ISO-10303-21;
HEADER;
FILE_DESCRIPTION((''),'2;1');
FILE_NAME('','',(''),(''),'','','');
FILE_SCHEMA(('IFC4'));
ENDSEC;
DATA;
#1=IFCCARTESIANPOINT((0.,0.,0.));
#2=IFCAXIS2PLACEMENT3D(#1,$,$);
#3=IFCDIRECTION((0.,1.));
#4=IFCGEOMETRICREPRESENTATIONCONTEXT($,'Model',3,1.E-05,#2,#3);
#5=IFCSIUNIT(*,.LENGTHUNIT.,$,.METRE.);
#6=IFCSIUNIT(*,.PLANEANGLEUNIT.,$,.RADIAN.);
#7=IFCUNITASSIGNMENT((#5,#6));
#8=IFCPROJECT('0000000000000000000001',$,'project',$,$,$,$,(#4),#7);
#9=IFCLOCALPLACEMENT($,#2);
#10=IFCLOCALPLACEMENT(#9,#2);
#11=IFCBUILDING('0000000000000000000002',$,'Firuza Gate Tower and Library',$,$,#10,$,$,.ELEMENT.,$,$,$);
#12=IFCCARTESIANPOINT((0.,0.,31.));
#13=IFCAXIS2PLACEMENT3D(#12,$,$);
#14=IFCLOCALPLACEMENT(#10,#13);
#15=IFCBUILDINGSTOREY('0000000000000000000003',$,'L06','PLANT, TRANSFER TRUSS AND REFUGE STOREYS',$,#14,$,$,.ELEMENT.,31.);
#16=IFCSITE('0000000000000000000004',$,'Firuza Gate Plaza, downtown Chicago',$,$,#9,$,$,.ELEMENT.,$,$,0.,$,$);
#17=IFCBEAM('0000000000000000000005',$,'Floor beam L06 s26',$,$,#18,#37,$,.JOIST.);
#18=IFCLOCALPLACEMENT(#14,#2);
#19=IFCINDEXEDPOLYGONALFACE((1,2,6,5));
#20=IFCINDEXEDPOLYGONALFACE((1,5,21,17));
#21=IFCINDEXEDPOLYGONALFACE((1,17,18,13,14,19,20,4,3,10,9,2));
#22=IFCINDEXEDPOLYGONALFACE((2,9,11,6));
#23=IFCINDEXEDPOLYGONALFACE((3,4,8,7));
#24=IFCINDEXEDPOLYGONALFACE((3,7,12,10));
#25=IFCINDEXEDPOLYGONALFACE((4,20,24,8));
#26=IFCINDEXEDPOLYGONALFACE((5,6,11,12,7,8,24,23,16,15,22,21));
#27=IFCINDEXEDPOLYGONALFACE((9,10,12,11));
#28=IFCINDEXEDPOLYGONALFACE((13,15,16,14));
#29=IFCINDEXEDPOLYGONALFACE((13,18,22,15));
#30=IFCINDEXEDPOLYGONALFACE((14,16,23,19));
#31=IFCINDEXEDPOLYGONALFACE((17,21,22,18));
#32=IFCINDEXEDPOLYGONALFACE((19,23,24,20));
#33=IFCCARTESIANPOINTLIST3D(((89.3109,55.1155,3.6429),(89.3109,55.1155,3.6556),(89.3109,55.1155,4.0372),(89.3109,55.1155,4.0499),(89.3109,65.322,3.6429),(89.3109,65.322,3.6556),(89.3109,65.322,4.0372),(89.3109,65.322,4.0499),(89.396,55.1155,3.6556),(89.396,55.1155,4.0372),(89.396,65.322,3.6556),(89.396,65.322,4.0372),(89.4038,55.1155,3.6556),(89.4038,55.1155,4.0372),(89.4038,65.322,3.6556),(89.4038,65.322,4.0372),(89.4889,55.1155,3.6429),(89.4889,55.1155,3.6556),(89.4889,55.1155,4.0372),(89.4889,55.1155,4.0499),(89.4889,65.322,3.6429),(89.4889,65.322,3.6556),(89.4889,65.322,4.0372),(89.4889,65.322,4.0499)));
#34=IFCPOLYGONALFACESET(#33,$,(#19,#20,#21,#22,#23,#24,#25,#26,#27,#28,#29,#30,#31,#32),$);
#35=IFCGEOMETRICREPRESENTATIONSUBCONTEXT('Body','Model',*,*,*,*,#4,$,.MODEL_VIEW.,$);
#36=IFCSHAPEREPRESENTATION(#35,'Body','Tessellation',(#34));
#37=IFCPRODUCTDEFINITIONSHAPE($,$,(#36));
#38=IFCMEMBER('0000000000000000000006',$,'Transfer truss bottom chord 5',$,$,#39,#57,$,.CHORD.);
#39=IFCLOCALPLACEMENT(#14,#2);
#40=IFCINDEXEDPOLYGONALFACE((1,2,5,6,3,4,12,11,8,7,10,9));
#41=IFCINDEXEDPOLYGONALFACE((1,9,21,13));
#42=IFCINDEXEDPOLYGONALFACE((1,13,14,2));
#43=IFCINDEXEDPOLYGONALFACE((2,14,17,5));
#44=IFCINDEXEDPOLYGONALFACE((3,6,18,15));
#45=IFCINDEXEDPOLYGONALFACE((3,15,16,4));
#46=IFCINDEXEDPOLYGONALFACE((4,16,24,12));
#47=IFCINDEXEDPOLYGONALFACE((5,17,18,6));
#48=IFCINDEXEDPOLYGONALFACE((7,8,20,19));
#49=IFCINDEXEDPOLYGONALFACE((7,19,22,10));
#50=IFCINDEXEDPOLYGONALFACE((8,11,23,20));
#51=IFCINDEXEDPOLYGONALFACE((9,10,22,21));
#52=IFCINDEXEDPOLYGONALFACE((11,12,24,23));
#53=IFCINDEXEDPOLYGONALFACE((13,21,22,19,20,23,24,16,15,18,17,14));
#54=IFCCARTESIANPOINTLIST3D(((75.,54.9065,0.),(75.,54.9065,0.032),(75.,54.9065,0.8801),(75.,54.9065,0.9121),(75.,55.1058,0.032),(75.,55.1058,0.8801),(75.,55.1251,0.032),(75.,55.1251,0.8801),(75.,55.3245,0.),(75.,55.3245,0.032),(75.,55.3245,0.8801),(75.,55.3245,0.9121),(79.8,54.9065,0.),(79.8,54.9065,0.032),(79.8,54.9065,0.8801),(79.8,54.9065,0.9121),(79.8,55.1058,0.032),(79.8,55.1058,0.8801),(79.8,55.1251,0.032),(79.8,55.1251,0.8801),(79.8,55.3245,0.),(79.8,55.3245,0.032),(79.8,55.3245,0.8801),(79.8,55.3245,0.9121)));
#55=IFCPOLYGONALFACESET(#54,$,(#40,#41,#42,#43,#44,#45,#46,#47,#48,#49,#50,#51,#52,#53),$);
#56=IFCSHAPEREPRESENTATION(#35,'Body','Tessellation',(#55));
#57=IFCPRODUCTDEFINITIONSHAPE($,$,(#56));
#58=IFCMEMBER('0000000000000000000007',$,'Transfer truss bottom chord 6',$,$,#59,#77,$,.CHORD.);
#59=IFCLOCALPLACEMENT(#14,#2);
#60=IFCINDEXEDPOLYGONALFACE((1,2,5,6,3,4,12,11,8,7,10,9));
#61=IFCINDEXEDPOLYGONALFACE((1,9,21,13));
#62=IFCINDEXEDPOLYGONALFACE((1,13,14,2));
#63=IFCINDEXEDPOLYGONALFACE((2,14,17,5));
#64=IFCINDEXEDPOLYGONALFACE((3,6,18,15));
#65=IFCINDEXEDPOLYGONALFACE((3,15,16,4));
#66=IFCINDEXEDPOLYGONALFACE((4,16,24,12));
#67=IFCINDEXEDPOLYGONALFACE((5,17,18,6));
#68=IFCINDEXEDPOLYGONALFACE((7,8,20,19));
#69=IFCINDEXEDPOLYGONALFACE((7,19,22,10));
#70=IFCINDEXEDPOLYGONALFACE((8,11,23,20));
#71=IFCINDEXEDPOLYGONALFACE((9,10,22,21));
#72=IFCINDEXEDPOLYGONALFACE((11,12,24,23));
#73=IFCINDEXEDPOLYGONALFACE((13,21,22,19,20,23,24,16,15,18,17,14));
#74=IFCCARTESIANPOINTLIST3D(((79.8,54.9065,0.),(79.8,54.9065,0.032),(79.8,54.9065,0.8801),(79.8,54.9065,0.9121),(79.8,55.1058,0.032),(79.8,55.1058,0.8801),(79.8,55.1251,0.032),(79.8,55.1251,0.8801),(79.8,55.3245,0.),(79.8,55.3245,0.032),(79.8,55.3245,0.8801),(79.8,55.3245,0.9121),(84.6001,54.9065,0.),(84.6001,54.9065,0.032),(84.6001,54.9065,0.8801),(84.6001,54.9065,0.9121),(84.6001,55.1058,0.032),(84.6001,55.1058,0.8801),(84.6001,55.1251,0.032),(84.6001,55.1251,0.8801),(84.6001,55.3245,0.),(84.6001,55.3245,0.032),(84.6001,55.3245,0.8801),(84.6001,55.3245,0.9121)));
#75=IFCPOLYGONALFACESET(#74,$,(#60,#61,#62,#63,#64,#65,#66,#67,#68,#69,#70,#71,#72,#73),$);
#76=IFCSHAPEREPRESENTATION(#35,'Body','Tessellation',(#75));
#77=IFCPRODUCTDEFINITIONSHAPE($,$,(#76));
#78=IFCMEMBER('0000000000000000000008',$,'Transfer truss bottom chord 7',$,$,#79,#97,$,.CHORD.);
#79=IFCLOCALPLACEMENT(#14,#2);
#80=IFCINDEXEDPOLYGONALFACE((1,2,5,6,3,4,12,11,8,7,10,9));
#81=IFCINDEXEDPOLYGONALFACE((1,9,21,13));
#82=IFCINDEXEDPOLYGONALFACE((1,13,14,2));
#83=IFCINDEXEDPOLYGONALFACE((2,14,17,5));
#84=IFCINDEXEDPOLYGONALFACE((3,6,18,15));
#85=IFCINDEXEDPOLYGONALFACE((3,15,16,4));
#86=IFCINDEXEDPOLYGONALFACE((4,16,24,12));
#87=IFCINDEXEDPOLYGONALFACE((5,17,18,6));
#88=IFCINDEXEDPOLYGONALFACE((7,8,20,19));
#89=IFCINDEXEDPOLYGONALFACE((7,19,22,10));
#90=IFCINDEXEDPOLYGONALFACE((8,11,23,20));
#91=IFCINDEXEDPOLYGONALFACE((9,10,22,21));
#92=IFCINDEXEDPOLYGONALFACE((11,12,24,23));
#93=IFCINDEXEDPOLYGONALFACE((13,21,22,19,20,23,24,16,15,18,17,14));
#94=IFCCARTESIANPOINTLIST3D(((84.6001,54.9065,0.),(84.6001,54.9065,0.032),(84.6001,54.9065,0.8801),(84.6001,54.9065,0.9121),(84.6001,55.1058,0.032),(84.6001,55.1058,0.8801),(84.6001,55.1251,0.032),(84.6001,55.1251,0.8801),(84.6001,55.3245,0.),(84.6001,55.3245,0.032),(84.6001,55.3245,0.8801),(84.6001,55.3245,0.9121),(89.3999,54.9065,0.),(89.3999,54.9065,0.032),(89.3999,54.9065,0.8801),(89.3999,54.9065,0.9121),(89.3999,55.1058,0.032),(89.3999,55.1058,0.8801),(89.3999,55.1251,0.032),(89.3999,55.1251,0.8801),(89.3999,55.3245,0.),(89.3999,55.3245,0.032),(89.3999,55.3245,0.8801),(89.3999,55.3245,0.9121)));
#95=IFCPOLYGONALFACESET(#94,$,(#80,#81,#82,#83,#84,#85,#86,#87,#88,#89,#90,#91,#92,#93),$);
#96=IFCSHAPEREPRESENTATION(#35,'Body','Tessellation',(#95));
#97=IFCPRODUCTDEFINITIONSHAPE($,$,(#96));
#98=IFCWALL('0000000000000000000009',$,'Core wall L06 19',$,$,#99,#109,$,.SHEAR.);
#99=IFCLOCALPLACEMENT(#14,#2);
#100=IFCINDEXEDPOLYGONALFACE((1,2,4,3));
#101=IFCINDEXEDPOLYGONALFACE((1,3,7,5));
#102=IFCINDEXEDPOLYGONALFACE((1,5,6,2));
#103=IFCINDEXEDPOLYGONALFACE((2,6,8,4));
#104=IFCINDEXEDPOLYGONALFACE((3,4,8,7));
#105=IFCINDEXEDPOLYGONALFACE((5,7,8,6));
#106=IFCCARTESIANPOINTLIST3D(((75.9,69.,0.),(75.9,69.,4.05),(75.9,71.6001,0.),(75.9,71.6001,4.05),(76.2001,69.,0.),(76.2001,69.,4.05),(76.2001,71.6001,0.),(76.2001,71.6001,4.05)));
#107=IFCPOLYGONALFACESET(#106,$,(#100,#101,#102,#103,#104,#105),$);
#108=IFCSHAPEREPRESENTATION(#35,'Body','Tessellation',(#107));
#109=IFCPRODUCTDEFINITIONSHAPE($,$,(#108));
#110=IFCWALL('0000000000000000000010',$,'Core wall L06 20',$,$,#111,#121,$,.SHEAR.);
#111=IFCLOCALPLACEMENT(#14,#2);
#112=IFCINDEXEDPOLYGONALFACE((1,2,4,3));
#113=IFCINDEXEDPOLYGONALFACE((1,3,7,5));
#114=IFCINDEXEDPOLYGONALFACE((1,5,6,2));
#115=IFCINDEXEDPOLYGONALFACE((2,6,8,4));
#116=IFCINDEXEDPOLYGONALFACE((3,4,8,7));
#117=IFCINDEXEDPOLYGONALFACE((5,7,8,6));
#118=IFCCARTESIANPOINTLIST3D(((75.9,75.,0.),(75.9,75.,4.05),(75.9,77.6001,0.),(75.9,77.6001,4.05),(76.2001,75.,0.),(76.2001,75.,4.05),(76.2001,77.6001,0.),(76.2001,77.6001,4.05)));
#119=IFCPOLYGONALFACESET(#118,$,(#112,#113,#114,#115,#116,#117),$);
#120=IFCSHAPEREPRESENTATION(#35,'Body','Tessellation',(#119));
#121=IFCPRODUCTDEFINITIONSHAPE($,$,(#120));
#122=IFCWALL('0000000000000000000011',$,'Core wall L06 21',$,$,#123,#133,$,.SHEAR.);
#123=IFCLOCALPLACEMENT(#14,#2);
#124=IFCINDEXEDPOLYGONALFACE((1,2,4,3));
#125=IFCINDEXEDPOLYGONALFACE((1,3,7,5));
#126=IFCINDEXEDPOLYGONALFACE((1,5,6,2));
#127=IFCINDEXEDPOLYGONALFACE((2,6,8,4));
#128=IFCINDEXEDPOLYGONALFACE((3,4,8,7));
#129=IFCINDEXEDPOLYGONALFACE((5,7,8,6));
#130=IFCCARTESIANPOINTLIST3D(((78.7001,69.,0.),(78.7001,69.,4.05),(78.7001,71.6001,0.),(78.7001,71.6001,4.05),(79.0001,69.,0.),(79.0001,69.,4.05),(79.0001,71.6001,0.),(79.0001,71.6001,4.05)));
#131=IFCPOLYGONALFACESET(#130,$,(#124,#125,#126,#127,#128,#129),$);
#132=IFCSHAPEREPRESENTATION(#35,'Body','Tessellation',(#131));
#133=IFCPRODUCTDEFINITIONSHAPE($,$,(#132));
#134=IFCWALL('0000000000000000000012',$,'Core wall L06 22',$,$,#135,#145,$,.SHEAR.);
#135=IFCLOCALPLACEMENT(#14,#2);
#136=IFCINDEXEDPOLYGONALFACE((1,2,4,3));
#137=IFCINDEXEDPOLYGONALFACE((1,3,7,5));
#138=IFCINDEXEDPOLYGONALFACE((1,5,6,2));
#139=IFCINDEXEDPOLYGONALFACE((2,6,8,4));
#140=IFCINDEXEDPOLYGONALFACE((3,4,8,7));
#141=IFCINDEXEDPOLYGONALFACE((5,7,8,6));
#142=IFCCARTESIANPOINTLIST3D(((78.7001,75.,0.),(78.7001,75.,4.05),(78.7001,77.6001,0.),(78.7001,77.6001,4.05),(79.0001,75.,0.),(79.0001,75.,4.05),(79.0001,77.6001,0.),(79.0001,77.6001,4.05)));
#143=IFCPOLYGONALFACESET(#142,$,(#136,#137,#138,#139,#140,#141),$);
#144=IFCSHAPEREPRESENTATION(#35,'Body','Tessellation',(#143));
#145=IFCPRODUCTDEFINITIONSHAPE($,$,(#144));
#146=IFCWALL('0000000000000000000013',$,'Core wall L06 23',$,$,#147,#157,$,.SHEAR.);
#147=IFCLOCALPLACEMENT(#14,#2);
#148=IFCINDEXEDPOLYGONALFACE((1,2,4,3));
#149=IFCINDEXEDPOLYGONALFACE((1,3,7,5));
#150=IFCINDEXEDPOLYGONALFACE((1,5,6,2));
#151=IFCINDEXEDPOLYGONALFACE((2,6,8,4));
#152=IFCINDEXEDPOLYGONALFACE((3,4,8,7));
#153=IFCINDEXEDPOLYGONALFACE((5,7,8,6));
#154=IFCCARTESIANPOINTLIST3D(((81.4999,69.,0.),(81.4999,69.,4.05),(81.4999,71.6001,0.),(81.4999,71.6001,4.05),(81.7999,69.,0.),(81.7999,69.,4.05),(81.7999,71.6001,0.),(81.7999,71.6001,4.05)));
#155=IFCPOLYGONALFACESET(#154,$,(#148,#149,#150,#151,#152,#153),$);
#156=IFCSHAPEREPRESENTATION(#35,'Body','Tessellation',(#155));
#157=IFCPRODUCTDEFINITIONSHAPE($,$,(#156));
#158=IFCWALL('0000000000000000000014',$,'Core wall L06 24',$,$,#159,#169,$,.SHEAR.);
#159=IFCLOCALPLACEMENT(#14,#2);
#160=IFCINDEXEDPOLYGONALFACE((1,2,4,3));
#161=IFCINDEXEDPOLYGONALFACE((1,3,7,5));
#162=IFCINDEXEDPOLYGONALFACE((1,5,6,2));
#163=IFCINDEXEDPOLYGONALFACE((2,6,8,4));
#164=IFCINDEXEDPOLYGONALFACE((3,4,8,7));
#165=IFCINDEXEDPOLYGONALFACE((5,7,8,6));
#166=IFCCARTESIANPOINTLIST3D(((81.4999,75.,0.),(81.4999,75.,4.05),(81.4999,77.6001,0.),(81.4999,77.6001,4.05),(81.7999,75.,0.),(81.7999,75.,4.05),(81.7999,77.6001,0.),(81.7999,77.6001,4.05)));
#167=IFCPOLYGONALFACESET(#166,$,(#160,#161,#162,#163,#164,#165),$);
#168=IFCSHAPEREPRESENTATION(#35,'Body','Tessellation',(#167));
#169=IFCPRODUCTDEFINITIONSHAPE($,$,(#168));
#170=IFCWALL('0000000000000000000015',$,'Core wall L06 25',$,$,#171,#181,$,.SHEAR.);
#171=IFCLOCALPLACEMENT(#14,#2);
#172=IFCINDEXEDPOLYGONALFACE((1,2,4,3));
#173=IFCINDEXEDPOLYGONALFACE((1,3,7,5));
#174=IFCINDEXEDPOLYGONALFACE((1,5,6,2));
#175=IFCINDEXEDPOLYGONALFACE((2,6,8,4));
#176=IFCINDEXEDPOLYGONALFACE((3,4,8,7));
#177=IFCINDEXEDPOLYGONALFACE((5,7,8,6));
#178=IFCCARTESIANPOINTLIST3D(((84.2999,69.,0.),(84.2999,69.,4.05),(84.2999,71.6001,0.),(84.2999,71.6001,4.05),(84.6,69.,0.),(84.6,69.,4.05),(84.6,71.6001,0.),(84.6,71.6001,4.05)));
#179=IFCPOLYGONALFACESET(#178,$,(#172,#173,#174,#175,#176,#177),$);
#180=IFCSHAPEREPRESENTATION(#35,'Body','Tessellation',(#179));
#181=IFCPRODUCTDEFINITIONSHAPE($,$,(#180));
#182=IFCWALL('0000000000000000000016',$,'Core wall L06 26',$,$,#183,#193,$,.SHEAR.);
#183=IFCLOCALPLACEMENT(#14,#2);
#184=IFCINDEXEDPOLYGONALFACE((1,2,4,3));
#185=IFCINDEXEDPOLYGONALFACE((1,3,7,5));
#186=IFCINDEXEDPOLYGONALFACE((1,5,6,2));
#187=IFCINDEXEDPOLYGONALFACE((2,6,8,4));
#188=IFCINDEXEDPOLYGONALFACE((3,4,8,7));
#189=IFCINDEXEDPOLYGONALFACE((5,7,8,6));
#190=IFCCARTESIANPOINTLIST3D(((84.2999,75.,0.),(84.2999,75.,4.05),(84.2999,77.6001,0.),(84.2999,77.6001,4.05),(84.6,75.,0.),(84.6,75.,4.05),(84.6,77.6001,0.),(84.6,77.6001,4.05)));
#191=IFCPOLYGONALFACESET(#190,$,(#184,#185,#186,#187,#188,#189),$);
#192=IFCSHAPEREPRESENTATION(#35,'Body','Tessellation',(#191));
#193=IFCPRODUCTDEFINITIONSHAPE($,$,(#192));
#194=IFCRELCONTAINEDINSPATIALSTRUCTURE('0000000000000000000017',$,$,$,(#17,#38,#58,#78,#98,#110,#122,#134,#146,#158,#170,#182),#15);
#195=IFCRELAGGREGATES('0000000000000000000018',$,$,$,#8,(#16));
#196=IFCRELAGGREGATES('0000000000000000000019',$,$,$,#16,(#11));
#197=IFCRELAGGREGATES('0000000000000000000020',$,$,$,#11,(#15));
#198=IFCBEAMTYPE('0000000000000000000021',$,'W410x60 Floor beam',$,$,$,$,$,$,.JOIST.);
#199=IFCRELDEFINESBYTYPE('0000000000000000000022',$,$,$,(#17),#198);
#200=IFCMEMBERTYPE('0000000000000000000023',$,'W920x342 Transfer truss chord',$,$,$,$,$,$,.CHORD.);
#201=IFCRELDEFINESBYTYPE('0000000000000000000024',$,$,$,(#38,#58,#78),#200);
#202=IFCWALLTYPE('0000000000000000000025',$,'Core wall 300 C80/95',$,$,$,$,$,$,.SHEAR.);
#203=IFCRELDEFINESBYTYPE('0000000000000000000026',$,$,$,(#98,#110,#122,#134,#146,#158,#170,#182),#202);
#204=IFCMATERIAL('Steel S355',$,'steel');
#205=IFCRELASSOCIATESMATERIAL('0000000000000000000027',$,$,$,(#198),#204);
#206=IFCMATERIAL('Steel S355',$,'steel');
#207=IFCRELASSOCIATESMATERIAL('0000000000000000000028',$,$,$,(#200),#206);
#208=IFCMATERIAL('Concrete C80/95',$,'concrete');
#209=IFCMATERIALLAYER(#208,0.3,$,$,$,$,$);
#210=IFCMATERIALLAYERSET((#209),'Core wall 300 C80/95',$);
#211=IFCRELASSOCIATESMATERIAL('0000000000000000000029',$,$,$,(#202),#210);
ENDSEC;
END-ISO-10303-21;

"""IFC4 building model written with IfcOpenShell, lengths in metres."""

from ifc_helpers import new_model, si_unit, direction, frame, frame_2d, origin, origin_2d, place, context, subcontext, project, spatial, rectangle, i_section, extrude, material, layer, layer_set, material_profile, profile_set, type_object, element, save


model = new_model("IFC4")

# Units and contexts
model_context = context("Model", 3, precision=1e-05, world=origin(), true_north=direction((0.0, 1.0)))
body_context = subcontext(model_context, "Body", "Model", "MODEL_VIEW")
ifc_project = project(units=[si_unit("LENGTHUNIT", "METRE"), si_unit("PLANEANGLEUNIT", "RADIAN")], contexts=[model_context])

# Site, building, storey
site_placement = place(None, origin())
site = spatial("IfcSite", under=ifc_project, at=site_placement, Name="Firuza Gate Plaza, downtown Chicago", CompositionType="ELEMENT", RefElevation=0.0)
building_placement = place(site_placement, origin())
building = spatial("IfcBuilding", under=site, at=building_placement, Name="Firuza Gate Tower and Library", CompositionType="ELEMENT")
storey_placement = place(building_placement, frame((0.0, 0.0, 31.0)))
storey = spatial("IfcBuildingStorey", under=building, at=storey_placement, Name="L06", Description="PLANT, TRANSFER TRUSS AND REFUGE STOREYS", CompositionType="ELEMENT", Elevation=31.0)

# Beam
ifc_material_1 = material(Name="Steel S355", Category="steel")
ifc_material_profile_1 = material_profile(ifc_material_1, i_section(OverallWidth=0.178, OverallDepth=0.407, WebThickness=0.0078, FlangeThickness=0.0127, at=origin_2d()))
ifc_profile_set_1 = profile_set([ifc_material_profile_1], Name="Steel S355")
beam_type = type_object("IfcBeamType", Name="W410x60 Floor beam", PredefinedType="JOIST", material=ifc_profile_set_1)
beam_placement = place(storey_placement, frame((89.3999, 55.1155, 3.8464), z_axis=(0.0, 1.0, 0.0), x_axis=(-1.0, 0.0, 0.0)))
element("IfcBeam", 1, at=beam_placement, inside=storey, type_object=beam_type, Name="Floor beam L06 s26", PredefinedType="JOIST", context=body_context, shape_type="SweptSolid", body=[
    extrude(i_section(OverallWidth=0.178, OverallDepth=0.407, WebThickness=0.0078, FlangeThickness=0.0127, at=origin_2d()), origin(), (0.0, 0.0, 1.0), 10.2065),
])

# Members
ifc_material_2 = material(Name="Steel S355", Category="steel")
ifc_material_profile_2 = material_profile(ifc_material_2, i_section(OverallWidth=0.418, OverallDepth=0.9121, WebThickness=0.0193, FlangeThickness=0.032, at=origin_2d()))
ifc_profile_set_2 = profile_set([ifc_material_profile_2], Name="Steel S355")
member_type_1 = type_object("IfcMemberType", Name="W920x342 Transfer truss chord", PredefinedType="CHORD", material=ifc_profile_set_2)
for number, where, z_axis, x_axis, name in (
    (2, (75.0, 55.1155, 0.4561), (1.0, 0.0, 0.0), (0.0, 1.0, 0.0), "Transfer truss bottom chord 5"),
    (3, (79.8, 55.1155, 0.4561), (1.0, 0.0, 0.0), (0.0, 1.0, 0.0), "Transfer truss bottom chord 6"),
):
    element("IfcMember", number, at=place(storey_placement, frame(where, z_axis=z_axis, x_axis=x_axis)), inside=storey, type_object=member_type_1, Name=name, PredefinedType="CHORD", context=body_context, shape_type="SweptSolid", body=[
        extrude(i_section(OverallWidth=0.418, OverallDepth=0.9121, WebThickness=0.0193, FlangeThickness=0.032, at=origin_2d()), origin(), (0.0, 0.0, 1.0), 4.8),
    ])
member_1_placement = place(storey_placement, frame((84.6001, 55.1155, 0.4561), z_axis=(1.0, 0.0, 0.0), x_axis=(0.0, 1.0, 0.0)))
element("IfcMember", 4, at=member_1_placement, inside=storey, type_object=member_type_1, Name="Transfer truss bottom chord 7", PredefinedType="CHORD", context=body_context, shape_type="SweptSolid", body=[
    extrude(i_section(OverallWidth=0.418, OverallDepth=0.9121, WebThickness=0.0193, FlangeThickness=0.032, at=origin_2d()), origin(), (0.0, 0.0, 1.0), 4.7998),
])

# Walls
ifc_material_3 = material(Name="Concrete C80/95", Category="concrete")
ifc_layer_1 = layer(ifc_material_3, 0.3)
ifc_layer_set_1 = layer_set([ifc_layer_1], Name="Core wall 300 C80/95")
wall_type_1 = type_object("IfcWallType", Name="Core wall 300 C80/95", PredefinedType="SHEAR", material=ifc_layer_set_1)
for number, where, z_axis, x_axis, name in (
    (5, (76.05, 69.0, 0.0), (0.0, 0.0, 1.0), (0.0, 1.0, 0.0), "Core wall L06 19"),
    (6, (76.05, 75.0, 0.0), (0.0, 0.0, 1.0), (0.0, 1.0, 0.0), "Core wall L06 20"),
    (7, (78.8501, 69.0, 0.0), (0.0, 0.0, 1.0), (0.0, 1.0, 0.0), "Core wall L06 21"),
    (8, (78.8501, 75.0, 0.0), (0.0, 0.0, 1.0), (0.0, 1.0, 0.0), "Core wall L06 22"),
    (9, (81.6499, 69.0, 0.0), (0.0, 0.0, 1.0), (0.0, 1.0, 0.0), "Core wall L06 23"),
    (10, (81.6499, 75.0, 0.0), (0.0, 0.0, 1.0), (0.0, 1.0, 0.0), "Core wall L06 24"),
    (11, (84.45, 69.0, 0.0), (0.0, 0.0, 1.0), (0.0, 1.0, 0.0), "Core wall L06 25"),
    (12, (84.45, 75.0, 0.0), (0.0, 0.0, 1.0), (0.0, 1.0, 0.0), "Core wall L06 26"),
):
    element("IfcWall", number, at=place(storey_placement, frame(where, z_axis=z_axis, x_axis=x_axis)), inside=storey, type_object=wall_type_1, Name=name, PredefinedType="SHEAR", context=body_context, shape_type="SweptSolid", body=[
        extrude(rectangle(XDim=2.6001, YDim=0.3, at=frame_2d((1.3, 0.0))), origin(), (0.0, 0.0, 1.0), 4.05),
    ])

save(model, "model.ifc")
